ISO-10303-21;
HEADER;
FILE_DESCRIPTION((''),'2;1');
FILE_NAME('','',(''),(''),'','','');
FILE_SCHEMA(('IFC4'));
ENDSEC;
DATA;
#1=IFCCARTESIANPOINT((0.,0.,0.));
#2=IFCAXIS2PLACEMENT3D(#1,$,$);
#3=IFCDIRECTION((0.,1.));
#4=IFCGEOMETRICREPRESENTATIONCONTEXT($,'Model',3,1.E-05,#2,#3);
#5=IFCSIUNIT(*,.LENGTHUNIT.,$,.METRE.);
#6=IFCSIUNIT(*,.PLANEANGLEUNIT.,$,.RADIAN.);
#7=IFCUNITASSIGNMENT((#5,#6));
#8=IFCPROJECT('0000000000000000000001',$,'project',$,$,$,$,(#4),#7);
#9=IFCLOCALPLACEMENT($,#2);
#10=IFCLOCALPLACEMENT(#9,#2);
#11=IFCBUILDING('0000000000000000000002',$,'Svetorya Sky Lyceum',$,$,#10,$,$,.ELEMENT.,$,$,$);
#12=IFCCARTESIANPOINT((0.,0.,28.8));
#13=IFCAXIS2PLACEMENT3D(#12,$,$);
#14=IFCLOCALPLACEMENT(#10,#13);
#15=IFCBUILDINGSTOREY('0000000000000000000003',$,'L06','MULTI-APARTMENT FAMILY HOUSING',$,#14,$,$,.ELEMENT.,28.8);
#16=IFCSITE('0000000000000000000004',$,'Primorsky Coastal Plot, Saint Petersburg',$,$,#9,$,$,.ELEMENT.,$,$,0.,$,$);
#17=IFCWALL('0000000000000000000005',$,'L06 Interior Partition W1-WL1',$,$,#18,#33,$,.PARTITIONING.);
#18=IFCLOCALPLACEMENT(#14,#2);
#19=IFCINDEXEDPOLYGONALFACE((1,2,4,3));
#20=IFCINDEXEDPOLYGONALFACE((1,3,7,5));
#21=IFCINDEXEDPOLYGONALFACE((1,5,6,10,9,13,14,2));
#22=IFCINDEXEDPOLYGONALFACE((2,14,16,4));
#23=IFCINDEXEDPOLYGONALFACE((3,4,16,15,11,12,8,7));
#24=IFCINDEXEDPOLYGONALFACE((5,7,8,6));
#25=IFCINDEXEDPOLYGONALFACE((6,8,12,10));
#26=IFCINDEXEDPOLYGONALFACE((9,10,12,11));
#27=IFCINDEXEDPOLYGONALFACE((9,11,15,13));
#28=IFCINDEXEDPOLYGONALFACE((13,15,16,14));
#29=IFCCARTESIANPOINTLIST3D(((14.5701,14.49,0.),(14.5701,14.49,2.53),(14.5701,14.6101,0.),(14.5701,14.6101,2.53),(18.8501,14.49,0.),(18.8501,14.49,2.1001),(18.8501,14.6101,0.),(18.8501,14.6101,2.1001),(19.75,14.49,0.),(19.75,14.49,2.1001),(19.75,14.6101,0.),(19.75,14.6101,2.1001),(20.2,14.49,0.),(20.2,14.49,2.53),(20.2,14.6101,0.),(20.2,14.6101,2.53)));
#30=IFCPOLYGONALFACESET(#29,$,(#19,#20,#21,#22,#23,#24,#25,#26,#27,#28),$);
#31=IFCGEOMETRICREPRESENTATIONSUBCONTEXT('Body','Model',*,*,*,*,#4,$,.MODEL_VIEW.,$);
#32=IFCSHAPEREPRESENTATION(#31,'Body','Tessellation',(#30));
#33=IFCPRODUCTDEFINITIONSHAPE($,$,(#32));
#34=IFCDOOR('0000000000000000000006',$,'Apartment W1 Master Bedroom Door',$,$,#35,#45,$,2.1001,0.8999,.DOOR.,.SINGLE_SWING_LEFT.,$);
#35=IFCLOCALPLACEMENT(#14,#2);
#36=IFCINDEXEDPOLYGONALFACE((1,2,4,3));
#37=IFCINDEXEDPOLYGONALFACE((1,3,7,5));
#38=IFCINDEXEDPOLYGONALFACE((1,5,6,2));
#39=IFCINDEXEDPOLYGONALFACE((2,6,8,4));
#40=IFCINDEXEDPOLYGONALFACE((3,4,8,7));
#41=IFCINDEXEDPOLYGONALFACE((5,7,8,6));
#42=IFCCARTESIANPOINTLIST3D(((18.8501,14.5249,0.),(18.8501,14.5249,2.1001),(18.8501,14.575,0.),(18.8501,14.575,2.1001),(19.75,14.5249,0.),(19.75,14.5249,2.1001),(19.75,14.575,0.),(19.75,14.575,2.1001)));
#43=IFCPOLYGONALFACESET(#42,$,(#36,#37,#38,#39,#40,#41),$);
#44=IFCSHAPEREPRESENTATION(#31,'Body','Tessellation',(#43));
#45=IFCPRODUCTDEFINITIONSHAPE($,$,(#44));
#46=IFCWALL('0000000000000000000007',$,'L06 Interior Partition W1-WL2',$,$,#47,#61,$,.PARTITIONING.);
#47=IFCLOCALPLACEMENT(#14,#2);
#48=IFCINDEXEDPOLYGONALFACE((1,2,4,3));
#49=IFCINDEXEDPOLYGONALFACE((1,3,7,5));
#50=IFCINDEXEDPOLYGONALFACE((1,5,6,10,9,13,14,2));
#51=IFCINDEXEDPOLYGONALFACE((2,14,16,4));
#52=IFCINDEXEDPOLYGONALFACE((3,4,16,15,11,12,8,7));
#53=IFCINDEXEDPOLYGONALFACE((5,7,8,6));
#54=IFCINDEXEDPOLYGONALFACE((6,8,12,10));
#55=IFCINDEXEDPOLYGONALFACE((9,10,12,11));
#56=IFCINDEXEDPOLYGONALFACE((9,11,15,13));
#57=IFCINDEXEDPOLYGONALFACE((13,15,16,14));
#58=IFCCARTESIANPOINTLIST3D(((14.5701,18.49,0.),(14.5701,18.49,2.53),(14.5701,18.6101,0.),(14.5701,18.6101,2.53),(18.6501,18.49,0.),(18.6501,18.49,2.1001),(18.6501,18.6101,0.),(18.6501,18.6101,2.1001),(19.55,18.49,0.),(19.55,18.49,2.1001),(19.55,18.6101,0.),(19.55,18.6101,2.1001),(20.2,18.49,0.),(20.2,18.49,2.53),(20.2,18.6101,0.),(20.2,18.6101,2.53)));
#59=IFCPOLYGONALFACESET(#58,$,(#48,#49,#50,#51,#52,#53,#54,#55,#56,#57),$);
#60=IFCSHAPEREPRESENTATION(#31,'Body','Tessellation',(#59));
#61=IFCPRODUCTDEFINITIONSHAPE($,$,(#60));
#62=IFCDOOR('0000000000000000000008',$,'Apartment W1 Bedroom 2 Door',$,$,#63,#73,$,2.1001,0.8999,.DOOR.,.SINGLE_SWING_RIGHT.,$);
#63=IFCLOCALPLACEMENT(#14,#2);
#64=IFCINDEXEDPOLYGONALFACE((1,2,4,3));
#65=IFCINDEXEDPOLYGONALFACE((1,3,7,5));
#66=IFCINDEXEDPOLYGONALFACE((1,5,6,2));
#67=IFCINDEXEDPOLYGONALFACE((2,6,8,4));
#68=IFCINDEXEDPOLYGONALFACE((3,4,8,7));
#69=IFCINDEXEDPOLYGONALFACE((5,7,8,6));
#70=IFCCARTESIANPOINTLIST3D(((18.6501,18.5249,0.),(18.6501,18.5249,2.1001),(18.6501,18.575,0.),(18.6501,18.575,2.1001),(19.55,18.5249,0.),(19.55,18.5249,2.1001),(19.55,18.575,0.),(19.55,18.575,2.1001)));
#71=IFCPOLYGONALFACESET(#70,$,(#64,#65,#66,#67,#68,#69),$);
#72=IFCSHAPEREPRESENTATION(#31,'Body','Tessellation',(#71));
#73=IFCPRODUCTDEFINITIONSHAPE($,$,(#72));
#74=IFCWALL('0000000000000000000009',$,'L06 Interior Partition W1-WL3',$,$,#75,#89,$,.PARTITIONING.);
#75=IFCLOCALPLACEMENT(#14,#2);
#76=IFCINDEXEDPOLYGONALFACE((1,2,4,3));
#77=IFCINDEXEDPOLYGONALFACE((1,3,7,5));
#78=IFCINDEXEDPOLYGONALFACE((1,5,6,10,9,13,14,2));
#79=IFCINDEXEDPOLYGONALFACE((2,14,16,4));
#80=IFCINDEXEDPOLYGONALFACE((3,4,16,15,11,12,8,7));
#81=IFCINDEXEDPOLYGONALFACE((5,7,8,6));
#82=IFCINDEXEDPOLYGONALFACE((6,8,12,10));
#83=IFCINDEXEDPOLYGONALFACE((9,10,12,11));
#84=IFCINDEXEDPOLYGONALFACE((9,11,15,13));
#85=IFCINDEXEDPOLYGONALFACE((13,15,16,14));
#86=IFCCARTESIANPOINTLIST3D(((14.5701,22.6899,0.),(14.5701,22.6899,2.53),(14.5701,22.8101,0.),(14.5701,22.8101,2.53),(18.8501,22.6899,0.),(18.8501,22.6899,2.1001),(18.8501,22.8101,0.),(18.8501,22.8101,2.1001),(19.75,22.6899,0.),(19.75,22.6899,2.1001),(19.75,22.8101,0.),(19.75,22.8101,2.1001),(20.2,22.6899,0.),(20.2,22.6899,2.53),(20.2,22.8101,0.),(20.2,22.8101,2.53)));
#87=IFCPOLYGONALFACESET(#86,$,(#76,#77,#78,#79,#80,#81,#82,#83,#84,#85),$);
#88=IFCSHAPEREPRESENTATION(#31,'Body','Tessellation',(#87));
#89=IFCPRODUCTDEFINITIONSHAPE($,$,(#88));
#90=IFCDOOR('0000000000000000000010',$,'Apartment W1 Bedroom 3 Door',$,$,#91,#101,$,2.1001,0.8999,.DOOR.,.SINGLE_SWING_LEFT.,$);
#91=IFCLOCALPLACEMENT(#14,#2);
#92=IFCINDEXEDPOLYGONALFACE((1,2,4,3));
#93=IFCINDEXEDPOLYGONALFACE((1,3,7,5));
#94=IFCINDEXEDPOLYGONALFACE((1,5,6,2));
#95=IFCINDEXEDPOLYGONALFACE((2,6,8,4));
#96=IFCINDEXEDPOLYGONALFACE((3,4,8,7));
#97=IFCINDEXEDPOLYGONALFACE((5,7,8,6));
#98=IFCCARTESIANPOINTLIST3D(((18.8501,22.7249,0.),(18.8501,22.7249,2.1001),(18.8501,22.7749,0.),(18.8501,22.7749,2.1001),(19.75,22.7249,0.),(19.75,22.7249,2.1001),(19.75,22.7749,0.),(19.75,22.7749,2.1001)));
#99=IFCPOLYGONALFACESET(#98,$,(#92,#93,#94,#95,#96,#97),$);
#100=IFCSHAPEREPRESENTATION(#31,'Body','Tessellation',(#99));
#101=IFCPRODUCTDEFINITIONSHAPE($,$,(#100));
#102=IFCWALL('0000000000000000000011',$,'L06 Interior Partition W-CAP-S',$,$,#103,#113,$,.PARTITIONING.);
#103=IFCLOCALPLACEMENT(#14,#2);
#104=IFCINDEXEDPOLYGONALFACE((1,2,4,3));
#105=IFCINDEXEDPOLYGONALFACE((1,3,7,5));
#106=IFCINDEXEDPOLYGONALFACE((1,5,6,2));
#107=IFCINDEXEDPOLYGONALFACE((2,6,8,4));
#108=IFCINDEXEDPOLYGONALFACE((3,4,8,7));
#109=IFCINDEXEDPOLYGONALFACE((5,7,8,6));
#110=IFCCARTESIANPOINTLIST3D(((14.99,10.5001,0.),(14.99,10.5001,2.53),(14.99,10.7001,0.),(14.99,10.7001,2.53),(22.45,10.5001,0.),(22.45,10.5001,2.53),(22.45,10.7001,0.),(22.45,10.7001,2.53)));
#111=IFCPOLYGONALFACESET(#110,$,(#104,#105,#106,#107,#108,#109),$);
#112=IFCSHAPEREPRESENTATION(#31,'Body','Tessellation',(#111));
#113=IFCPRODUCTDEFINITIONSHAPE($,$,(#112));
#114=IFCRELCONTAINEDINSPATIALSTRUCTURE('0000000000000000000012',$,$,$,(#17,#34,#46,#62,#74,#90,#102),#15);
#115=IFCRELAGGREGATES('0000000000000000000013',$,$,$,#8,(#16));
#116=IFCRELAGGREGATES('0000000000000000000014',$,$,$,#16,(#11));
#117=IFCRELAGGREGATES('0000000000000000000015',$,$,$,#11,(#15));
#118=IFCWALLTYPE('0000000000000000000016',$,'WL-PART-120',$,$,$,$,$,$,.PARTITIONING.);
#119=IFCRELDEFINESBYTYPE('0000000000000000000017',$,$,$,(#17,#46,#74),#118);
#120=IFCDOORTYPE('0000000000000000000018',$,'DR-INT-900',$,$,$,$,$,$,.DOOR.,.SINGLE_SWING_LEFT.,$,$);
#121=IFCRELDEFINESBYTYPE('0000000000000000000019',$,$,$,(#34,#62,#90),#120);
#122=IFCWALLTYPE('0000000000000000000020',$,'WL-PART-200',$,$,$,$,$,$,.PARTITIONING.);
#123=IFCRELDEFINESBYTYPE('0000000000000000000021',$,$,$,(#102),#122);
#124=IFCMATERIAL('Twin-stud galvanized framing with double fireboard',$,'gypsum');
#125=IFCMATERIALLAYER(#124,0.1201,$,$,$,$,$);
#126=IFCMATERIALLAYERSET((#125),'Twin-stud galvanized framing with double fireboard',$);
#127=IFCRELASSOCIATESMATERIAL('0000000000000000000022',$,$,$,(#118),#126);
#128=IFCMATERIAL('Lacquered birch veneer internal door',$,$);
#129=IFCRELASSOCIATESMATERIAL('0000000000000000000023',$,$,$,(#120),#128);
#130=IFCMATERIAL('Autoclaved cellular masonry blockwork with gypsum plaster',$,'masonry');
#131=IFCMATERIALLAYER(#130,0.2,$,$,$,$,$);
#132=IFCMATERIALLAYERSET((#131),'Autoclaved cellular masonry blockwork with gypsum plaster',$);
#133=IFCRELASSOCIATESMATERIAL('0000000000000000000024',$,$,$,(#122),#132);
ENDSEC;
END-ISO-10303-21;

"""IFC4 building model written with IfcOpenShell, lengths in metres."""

from ifc_helpers import new_model, si_unit, direction, frame, frame_2d, origin, place, context, subcontext, project, spatial, rectangle, extrude, material, layer, layer_set, type_object, element, fill, save


model = new_model("IFC4")

# Units and contexts
model_context = context("Model", 3, precision=1e-05, world=origin(), true_north=direction((0.0, 1.0)))
body_context = subcontext(model_context, "Body", "Model", "MODEL_VIEW")
ifc_project = project(units=[si_unit("LENGTHUNIT", "METRE"), si_unit("PLANEANGLEUNIT", "RADIAN")], contexts=[model_context])

# Site, building, storey
site_placement = place(None, origin())
site = spatial("IfcSite", under=ifc_project, at=site_placement, Name="Primorsky Coastal Plot, Saint Petersburg", CompositionType="ELEMENT", RefElevation=0.0)
building_placement = place(site_placement, origin())
building = spatial("IfcBuilding", under=site, at=building_placement, Name="Svetorya Sky Lyceum", CompositionType="ELEMENT")
storey_placement = place(building_placement, frame((0.0, 0.0, 28.8)))
storey = spatial("IfcBuildingStorey", under=building, at=storey_placement, Name="L06", Description="MULTI-APARTMENT FAMILY HOUSING", CompositionType="ELEMENT", Elevation=28.8)

# Walls, openings, doors
ifc_material_1 = material(Name="Twin-stud galvanized framing with double fireboard", Category="gypsum")
ifc_layer_1 = layer(ifc_material_1, 0.1201)
ifc_layer_set_1 = layer_set([ifc_layer_1], Name="Twin-stud galvanized framing with double fireboard")
wall_type_1 = type_object("IfcWallType", Name="WL-PART-120", PredefinedType="PARTITIONING", material=ifc_layer_set_1)
wall_1_placement = place(storey_placement, frame((14.5701, 14.55, 0.0), z_axis=(0.0, 0.0, 1.0), x_axis=(1.0, 0.0, 0.0)))
wall_1 = element("IfcWall", 1, at=wall_1_placement, inside=storey, type_object=wall_type_1, Name="L06 Interior Partition W1-WL1", PredefinedType="PARTITIONING", context=body_context, shape_type="SweptSolid", body=[
    extrude(rectangle(XDim=5.6299, YDim=0.1201, at=frame_2d((2.8149, 0.0))), origin(), (0.0, 0.0, 1.0), 2.53),
])
opening_1_placement = place(wall_1_placement, frame((4.28, 0.0, 0.0)))
opening_1 = element("IfcOpeningElement", 2, at=opening_1_placement, cuts=wall_1, PredefinedType="OPENING", context=body_context, shape_type="SweptSolid", body=[
    extrude(rectangle(XDim=0.8999, YDim=2.1001, at=frame_2d((0.45, 1.05))), frame((0.0, 0.0701, 0.0), z_axis=(0.0, -1.0, 0.0), x_axis=(1.0, 0.0, 0.0)), (0.0, 0.0, 1.0), 0.1401),
])
ifc_material_2 = material(Name="Lacquered birch veneer internal door")
door_type = type_object("IfcDoorType", Name="DR-INT-900", OperationType="SINGLE_SWING_LEFT", PredefinedType="DOOR", material=ifc_material_2)
door_1_placement = place(opening_1_placement, origin())
door_1 = element("IfcDoor", 3, at=door_1_placement, inside=storey, type_object=door_type, Name="Apartment W1 Master Bedroom Door", OperationType="SINGLE_SWING_LEFT", OverallHeight=2.1001, OverallWidth=0.8999, PredefinedType="DOOR", context=body_context, shape_type="SweptSolid", body=[
    extrude(rectangle(XDim=0.8999, YDim=2.1001, at=frame_2d((0.45, 1.05))), frame((0.0, 0.0249, 0.0), z_axis=(0.0, -1.0, 0.0), x_axis=(1.0, 0.0, 0.0)), (0.0, 0.0, 1.0), 0.05),
])
fill(opening_1, door_1)
wall_2_placement = place(storey_placement, frame((14.5701, 18.55, 0.0), z_axis=(0.0, 0.0, 1.0), x_axis=(1.0, 0.0, 0.0)))
wall_2 = element("IfcWall", 4, at=wall_2_placement, inside=storey, type_object=wall_type_1, Name="L06 Interior Partition W1-WL2", PredefinedType="PARTITIONING", context=body_context, shape_type="SweptSolid", body=[
    extrude(rectangle(XDim=5.6299, YDim=0.1201, at=frame_2d((2.8149, 0.0))), origin(), (0.0, 0.0, 1.0), 2.53),
])
opening_2_placement = place(wall_2_placement, frame((4.0801, 0.0, 0.0)))
opening_2 = element("IfcOpeningElement", 5, at=opening_2_placement, cuts=wall_2, PredefinedType="OPENING", context=body_context, shape_type="SweptSolid", body=[
    extrude(rectangle(XDim=0.8999, YDim=2.1001, at=frame_2d((0.45, 1.05))), frame((0.0, 0.0701, 0.0), z_axis=(0.0, -1.0, 0.0), x_axis=(1.0, 0.0, 0.0)), (0.0, 0.0, 1.0), 0.1401),
])
door_2_placement = place(opening_2_placement, origin())
door_2 = element("IfcDoor", 6, at=door_2_placement, inside=storey, type_object=door_type, Name="Apartment W1 Bedroom 2 Door", OperationType="SINGLE_SWING_RIGHT", OverallHeight=2.1001, OverallWidth=0.8999, PredefinedType="DOOR", context=body_context, shape_type="SweptSolid", body=[
    extrude(rectangle(XDim=0.8999, YDim=2.1001, at=frame_2d((0.45, 1.05))), frame((0.0, 0.0249, 0.0), z_axis=(0.0, -1.0, 0.0), x_axis=(1.0, 0.0, 0.0)), (0.0, 0.0, 1.0), 0.05),
])
fill(opening_2, door_2)
wall_3_placement = place(storey_placement, frame((14.5701, 22.75, 0.0), z_axis=(0.0, 0.0, 1.0), x_axis=(1.0, 0.0, 0.0)))
wall_3 = element("IfcWall", 7, at=wall_3_placement, inside=storey, type_object=wall_type_1, Name="L06 Interior Partition W1-WL3", PredefinedType="PARTITIONING", context=body_context, shape_type="SweptSolid", body=[
    extrude(rectangle(XDim=5.6299, YDim=0.1201, at=frame_2d((2.8149, 0.0))), origin(), (0.0, 0.0, 1.0), 2.53),
])
opening_3_placement = place(wall_3_placement, frame((4.28, 0.0, 0.0)))
opening_3 = element("IfcOpeningElement", 8, at=opening_3_placement, cuts=wall_3, PredefinedType="OPENING", context=body_context, shape_type="SweptSolid", body=[
    extrude(rectangle(XDim=0.8999, YDim=2.1001, at=frame_2d((0.45, 1.05))), frame((0.0, 0.0701, 0.0), z_axis=(0.0, -1.0, 0.0), x_axis=(1.0, 0.0, 0.0)), (0.0, 0.0, 1.0), 0.1401),
])
door_3_placement = place(opening_3_placement, origin())
door_3 = element("IfcDoor", 9, at=door_3_placement, inside=storey, type_object=door_type, Name="Apartment W1 Bedroom 3 Door", OperationType="SINGLE_SWING_LEFT", OverallHeight=2.1001, OverallWidth=0.8999, PredefinedType="DOOR", context=body_context, shape_type="SweptSolid", body=[
    extrude(rectangle(XDim=0.8999, YDim=2.1001, at=frame_2d((0.45, 1.05))), frame((0.0, 0.0249, 0.0), z_axis=(0.0, -1.0, 0.0), x_axis=(1.0, 0.0, 0.0)), (0.0, 0.0, 1.0), 0.05),
])
fill(opening_3, door_3)

# Wall
ifc_material_3 = material(Name="Autoclaved cellular masonry blockwork with gypsum plaster", Category="masonry")
ifc_layer_2 = layer(ifc_material_3, 0.2)
ifc_layer_set_2 = layer_set([ifc_layer_2], Name="Autoclaved cellular masonry blockwork with gypsum plaster")
wall_type_2 = type_object("IfcWallType", Name="WL-PART-200", PredefinedType="PARTITIONING", material=ifc_layer_set_2)
wall_4_placement = place(storey_placement, frame((14.99, 10.6001, 0.0), z_axis=(0.0, 0.0, 1.0), x_axis=(1.0, 0.0, 0.0)))
element("IfcWall", 10, at=wall_4_placement, inside=storey, type_object=wall_type_2, Name="L06 Interior Partition W-CAP-S", PredefinedType="PARTITIONING", context=body_context, shape_type="SweptSolid", body=[
    extrude(rectangle(XDim=7.46, YDim=0.2, at=frame_2d((3.73, 0.0))), origin(), (0.0, 0.0, 1.0), 2.53),
])

save(model, "model.ifc")
